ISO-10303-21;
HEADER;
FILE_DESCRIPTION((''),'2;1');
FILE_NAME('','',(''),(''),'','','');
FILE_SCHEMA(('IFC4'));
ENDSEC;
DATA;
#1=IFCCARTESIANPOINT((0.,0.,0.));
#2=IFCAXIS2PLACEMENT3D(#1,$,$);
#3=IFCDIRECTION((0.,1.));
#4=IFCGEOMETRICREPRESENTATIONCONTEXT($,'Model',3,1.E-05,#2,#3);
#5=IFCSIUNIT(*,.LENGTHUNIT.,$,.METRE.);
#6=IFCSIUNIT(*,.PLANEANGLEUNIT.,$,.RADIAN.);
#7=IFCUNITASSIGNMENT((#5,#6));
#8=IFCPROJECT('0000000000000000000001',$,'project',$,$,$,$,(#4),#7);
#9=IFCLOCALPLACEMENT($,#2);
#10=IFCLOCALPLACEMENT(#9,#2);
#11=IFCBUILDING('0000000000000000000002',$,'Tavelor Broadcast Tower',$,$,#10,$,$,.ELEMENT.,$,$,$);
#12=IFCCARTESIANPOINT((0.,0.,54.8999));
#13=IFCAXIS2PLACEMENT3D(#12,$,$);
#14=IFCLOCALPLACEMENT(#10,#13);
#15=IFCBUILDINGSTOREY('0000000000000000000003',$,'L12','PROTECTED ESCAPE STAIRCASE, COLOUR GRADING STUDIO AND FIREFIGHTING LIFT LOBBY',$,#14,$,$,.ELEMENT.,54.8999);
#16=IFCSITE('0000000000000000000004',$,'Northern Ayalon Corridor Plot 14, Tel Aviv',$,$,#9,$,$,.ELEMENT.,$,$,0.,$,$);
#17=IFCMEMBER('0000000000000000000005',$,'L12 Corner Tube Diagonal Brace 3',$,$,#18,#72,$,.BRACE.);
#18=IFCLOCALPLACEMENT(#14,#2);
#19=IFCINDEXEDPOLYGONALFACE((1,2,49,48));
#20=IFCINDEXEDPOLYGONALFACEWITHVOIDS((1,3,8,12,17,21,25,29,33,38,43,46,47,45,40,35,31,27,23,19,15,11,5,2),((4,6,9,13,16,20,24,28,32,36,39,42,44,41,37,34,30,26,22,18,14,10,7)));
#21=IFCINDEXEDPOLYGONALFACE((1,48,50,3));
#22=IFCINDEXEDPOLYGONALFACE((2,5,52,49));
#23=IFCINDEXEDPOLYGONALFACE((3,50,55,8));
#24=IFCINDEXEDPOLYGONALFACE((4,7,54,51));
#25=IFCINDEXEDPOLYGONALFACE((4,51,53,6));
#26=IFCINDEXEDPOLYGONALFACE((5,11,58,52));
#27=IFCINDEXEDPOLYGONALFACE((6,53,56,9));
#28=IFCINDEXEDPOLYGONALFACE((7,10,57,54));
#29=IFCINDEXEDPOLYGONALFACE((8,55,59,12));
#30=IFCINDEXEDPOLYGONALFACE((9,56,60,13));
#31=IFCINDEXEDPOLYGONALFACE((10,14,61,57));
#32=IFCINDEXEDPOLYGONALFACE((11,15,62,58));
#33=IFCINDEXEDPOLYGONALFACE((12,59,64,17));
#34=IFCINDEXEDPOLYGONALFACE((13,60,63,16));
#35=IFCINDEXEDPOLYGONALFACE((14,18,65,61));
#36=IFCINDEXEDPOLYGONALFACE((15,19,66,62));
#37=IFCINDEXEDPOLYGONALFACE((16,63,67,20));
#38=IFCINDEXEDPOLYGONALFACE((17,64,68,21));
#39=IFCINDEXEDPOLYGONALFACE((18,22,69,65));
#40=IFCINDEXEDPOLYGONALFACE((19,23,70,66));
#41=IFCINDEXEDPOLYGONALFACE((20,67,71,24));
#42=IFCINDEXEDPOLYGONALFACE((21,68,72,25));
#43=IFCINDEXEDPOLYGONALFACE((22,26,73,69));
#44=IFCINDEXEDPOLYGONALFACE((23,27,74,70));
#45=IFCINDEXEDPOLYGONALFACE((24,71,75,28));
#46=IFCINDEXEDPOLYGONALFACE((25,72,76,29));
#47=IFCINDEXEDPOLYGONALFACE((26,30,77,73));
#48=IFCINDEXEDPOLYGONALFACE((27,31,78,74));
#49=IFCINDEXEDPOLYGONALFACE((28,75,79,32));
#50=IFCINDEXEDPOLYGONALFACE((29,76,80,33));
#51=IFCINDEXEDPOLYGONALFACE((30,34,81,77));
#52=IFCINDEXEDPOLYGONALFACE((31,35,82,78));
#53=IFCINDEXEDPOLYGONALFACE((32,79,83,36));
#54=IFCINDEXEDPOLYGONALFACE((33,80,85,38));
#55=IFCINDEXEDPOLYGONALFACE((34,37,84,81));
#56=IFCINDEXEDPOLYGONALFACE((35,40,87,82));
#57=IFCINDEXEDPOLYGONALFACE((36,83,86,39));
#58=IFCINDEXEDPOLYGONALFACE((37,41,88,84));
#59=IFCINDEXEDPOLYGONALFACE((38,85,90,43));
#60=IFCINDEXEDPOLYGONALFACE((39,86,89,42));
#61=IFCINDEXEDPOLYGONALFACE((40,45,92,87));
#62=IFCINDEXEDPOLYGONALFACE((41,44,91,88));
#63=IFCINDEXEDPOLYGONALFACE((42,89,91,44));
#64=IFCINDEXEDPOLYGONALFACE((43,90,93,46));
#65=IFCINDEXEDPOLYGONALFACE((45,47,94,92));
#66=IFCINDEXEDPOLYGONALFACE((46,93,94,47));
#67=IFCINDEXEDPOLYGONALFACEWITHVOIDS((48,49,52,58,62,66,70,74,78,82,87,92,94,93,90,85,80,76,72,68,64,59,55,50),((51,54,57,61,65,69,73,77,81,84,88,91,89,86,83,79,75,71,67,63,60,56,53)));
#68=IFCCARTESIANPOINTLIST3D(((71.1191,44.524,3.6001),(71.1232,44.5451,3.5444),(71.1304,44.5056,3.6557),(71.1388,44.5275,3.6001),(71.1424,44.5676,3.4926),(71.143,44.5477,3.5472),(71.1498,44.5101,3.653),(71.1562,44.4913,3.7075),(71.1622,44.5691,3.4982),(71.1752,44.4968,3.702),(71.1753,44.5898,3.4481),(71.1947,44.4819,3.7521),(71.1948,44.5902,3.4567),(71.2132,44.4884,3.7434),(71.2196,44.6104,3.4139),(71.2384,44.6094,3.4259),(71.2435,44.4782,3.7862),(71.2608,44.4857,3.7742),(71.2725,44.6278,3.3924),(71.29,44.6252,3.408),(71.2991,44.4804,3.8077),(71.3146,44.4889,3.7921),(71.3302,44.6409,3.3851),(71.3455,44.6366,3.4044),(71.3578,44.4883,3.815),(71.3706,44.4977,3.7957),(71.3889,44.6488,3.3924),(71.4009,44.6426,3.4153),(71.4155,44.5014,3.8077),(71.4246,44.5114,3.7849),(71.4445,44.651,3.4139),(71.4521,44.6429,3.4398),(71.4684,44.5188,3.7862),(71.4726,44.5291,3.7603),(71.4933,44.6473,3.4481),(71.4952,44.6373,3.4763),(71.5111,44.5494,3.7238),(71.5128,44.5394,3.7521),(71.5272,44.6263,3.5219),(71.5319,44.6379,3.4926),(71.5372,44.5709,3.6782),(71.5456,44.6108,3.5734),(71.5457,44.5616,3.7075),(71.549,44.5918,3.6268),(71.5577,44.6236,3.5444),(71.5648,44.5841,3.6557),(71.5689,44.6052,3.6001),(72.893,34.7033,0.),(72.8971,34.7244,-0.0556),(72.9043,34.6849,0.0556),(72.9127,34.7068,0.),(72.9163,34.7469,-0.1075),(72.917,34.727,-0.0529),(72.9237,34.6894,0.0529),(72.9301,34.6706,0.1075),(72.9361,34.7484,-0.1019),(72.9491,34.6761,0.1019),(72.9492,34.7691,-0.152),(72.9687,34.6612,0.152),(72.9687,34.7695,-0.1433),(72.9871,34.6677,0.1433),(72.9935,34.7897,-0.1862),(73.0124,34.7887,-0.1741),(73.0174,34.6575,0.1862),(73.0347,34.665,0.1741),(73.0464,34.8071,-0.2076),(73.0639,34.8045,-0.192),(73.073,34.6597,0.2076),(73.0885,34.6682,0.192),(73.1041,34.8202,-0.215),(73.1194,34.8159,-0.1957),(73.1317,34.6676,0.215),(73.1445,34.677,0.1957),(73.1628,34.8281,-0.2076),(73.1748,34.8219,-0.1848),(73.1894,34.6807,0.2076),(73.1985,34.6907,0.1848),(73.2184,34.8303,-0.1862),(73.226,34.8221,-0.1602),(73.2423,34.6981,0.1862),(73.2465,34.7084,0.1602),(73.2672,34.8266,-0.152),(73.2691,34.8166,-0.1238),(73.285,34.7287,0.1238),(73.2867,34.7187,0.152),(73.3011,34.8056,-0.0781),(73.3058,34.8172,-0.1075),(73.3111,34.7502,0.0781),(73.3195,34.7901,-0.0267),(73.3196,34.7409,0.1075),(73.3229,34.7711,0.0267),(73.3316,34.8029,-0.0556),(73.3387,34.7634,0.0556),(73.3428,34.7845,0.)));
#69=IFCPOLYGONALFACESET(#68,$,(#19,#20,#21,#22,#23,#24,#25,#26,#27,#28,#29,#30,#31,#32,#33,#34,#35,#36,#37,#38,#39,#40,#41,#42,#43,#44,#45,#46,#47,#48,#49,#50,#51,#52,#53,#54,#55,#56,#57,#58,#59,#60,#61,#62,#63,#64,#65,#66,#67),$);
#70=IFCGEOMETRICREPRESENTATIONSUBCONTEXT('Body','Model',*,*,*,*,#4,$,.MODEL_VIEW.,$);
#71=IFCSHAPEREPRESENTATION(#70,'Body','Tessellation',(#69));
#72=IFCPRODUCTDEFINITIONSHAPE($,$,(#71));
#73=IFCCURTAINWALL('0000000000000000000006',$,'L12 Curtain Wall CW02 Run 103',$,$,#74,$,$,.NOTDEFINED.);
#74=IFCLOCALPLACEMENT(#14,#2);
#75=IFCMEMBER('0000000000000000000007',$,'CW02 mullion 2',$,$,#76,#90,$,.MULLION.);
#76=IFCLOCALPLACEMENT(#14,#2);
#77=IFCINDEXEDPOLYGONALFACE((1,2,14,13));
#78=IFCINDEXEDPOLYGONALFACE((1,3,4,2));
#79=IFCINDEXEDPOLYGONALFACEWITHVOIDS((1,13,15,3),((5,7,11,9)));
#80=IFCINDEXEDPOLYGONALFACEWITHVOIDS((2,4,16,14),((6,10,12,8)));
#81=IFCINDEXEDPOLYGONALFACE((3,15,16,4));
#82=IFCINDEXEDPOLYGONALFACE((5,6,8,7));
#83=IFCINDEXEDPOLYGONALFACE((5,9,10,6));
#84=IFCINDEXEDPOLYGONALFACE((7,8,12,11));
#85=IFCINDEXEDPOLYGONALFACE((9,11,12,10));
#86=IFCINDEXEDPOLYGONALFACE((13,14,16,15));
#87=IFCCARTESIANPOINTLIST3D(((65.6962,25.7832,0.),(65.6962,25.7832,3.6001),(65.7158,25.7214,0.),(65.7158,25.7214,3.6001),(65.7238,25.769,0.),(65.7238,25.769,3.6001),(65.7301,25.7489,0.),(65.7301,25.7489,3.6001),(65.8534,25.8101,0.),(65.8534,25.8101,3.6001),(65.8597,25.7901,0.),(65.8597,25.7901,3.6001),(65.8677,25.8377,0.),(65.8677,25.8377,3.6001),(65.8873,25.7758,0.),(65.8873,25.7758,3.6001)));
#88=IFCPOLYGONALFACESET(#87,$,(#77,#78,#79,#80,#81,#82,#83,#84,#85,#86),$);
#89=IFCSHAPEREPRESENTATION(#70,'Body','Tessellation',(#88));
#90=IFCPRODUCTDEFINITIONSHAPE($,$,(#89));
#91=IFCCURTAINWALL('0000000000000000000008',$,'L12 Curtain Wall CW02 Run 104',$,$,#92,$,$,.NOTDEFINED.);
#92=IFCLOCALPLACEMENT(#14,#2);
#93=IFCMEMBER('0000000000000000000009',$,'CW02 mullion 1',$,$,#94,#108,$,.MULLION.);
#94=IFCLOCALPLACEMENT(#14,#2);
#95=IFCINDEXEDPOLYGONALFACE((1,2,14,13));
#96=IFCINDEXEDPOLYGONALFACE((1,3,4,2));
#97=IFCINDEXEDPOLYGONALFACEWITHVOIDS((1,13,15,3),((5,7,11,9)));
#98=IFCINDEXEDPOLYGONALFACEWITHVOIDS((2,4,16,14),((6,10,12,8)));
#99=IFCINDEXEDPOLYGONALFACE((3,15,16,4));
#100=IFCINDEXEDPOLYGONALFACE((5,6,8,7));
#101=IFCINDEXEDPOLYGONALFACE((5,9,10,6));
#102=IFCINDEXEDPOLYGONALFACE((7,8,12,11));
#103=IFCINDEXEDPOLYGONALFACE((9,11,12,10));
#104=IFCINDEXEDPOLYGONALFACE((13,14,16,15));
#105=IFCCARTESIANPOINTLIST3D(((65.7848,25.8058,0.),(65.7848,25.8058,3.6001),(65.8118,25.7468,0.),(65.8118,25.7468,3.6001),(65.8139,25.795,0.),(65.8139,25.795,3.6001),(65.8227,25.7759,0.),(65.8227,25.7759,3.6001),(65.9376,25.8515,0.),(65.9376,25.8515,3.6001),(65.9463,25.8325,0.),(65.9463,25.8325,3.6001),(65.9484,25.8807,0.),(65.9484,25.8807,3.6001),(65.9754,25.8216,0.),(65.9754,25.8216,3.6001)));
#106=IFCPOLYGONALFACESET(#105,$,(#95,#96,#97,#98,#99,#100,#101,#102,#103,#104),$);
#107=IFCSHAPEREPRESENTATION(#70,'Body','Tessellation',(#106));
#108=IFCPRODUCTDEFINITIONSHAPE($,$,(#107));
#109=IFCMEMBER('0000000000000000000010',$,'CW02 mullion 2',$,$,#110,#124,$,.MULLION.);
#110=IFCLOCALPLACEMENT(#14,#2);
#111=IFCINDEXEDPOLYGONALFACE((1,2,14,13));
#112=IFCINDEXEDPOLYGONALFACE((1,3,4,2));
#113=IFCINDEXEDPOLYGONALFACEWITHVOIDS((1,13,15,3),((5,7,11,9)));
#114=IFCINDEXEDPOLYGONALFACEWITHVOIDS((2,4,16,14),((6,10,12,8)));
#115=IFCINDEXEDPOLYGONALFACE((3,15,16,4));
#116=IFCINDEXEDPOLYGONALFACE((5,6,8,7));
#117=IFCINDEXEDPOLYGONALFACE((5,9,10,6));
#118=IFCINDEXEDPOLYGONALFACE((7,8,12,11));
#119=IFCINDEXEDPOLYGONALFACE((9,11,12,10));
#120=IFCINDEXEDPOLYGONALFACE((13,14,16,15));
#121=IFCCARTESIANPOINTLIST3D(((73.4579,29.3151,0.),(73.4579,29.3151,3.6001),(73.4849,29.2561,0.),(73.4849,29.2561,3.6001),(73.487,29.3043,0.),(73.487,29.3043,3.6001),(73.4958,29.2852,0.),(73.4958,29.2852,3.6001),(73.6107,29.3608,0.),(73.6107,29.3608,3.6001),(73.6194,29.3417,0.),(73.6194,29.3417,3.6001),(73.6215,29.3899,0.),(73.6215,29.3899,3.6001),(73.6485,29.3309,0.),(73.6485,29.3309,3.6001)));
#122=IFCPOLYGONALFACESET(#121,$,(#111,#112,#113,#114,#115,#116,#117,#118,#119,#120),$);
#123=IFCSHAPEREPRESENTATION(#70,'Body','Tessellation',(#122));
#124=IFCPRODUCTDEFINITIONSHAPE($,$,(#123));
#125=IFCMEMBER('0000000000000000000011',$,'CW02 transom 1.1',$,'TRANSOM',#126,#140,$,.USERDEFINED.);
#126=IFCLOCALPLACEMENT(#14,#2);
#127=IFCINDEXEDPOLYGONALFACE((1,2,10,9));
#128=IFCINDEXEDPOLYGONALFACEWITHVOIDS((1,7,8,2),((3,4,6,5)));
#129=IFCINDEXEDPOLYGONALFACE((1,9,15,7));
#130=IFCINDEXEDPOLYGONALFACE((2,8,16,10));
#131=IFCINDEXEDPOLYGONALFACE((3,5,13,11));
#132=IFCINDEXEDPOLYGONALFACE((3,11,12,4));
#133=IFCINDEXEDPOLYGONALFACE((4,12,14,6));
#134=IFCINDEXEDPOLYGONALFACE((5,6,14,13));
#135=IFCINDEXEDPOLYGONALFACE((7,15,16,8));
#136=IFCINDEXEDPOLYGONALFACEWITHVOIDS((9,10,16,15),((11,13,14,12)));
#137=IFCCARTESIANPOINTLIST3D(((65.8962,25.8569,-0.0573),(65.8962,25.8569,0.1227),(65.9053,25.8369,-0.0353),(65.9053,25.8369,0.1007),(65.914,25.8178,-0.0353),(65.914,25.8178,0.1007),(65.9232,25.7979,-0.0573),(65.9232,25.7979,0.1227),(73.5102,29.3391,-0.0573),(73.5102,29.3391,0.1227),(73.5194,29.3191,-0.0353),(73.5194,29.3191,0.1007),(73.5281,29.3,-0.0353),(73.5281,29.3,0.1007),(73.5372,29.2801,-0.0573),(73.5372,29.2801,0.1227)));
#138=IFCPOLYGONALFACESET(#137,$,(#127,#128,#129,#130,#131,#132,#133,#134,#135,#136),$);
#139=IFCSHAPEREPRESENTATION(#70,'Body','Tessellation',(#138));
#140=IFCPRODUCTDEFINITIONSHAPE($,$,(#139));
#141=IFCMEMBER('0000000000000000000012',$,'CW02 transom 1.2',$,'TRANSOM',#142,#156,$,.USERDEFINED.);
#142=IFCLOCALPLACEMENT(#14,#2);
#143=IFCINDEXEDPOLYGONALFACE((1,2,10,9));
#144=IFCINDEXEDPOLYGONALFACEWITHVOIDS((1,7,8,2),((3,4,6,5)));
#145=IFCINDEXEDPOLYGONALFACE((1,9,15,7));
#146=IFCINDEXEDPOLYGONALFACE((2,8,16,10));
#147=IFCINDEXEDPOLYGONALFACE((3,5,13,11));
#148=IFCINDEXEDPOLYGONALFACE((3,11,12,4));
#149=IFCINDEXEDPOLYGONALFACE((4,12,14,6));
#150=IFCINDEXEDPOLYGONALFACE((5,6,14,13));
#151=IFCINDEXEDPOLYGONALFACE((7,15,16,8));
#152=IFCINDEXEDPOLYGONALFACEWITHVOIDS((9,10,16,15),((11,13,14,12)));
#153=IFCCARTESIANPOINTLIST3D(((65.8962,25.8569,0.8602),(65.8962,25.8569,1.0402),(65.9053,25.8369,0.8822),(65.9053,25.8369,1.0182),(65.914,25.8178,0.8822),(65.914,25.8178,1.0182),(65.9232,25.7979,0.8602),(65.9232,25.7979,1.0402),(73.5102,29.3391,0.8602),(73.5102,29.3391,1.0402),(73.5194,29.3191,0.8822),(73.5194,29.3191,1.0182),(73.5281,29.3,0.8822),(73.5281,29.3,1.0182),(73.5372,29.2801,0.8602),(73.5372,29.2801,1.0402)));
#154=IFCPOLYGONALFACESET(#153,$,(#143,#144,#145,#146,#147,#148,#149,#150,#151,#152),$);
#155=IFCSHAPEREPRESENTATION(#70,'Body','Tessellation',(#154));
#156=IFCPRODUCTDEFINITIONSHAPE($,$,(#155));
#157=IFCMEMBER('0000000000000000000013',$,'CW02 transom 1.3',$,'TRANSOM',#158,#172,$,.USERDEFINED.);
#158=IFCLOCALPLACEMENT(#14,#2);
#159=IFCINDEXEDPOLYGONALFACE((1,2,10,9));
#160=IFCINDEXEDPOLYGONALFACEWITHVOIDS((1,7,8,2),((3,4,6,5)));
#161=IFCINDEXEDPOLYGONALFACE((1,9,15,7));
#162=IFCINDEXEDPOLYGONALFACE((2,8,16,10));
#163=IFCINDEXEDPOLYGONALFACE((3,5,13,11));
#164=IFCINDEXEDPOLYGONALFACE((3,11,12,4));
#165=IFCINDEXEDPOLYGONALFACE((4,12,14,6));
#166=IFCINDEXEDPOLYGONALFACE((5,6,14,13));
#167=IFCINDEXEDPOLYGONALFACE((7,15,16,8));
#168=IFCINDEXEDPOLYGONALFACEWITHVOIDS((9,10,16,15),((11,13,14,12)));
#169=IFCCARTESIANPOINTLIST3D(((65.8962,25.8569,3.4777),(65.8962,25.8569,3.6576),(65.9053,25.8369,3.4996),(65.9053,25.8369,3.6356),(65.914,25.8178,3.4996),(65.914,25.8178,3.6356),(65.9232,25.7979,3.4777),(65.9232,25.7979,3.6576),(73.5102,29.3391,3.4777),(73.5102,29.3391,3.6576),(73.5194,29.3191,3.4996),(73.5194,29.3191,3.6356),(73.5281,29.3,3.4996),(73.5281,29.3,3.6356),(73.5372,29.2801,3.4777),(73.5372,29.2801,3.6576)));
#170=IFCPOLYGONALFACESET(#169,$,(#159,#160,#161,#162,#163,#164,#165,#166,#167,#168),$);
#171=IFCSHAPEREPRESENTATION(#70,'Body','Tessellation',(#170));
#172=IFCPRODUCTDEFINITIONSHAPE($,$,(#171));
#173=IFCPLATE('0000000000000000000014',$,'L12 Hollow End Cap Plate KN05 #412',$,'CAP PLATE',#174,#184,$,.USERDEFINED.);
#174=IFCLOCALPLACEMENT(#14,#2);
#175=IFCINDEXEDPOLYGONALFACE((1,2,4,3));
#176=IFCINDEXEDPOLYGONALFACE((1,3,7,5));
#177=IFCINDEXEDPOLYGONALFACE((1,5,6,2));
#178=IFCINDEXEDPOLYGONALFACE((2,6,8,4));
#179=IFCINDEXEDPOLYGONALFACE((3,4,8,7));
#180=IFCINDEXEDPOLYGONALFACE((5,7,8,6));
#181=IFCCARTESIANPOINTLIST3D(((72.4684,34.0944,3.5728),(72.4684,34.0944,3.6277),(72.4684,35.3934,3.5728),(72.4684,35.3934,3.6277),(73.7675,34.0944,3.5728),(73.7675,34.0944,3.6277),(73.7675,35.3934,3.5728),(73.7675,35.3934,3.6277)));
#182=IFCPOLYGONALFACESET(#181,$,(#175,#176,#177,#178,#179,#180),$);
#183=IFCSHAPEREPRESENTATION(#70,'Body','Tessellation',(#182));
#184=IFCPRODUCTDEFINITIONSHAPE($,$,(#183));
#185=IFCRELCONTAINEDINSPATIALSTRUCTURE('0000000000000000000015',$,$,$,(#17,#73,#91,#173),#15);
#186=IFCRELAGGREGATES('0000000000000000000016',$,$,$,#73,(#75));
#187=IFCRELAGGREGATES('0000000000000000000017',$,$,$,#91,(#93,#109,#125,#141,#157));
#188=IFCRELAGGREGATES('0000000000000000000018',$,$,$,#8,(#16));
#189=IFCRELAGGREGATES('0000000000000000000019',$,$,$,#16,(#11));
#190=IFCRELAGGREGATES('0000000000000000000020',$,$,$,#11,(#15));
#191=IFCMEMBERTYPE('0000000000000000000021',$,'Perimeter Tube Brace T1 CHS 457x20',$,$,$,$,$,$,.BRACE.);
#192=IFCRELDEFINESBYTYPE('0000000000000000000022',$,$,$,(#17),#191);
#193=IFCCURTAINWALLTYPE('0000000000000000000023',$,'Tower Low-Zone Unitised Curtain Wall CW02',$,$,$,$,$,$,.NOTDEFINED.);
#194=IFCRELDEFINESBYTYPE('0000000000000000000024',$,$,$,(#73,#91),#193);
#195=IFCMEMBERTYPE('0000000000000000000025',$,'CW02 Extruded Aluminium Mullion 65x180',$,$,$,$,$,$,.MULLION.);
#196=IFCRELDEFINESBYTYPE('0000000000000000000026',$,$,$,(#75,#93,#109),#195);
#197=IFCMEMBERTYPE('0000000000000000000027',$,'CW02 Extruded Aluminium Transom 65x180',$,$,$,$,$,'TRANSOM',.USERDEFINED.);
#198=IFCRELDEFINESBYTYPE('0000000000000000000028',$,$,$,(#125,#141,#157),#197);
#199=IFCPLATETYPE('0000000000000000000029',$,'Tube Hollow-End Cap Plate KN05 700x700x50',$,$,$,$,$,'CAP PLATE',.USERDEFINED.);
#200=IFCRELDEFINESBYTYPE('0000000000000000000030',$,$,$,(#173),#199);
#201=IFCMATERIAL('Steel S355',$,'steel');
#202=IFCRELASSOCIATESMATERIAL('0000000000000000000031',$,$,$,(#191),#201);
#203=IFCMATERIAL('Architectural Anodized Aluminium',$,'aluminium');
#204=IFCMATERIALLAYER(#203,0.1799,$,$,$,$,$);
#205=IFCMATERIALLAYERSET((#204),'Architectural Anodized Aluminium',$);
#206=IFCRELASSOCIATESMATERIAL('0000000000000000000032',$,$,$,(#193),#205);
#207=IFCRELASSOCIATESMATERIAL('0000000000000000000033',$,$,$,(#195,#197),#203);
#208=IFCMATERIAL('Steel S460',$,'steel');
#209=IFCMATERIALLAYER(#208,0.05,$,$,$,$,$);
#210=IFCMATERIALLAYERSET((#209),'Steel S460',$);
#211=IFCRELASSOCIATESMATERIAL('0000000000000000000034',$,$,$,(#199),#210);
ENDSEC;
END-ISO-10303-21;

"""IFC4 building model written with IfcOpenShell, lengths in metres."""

from ifc_helpers import new_model, si_unit, direction, frame, origin, origin_2d, place, context, subcontext, project, spatial, rectangle, hollow_rectangle, hollow_circle, extrude, source, transform, mapped, material, layer, layer_set, material_profile, profile_set, type_object, type_shapes, element, aggregate, save


model = new_model("IFC4")

# Units and contexts
model_context = context("Model", 3, precision=1e-05, world=origin(), true_north=direction((0.0, 1.0)))
body_context = subcontext(model_context, "Body", "Model", "MODEL_VIEW")
ifc_project = project(units=[si_unit("LENGTHUNIT", "METRE"), si_unit("PLANEANGLEUNIT", "RADIAN")], contexts=[model_context])

# Site, building, storey
site_placement = place(None, origin())
site = spatial("IfcSite", under=ifc_project, at=site_placement, Name="Northern Ayalon Corridor Plot 14, Tel Aviv", CompositionType="ELEMENT", RefElevation=0.0)
building_placement = place(site_placement, origin())
building = spatial("IfcBuilding", under=site, at=building_placement, Name="Tavelor Broadcast Tower", CompositionType="ELEMENT")
storey_placement = place(building_placement, frame((0.0, 0.0, 54.8999)))
storey = spatial("IfcBuildingStorey", under=building, at=storey_placement, Name="L12", Description="PROTECTED ESCAPE STAIRCASE, COLOUR GRADING STUDIO AND FIREFIGHTING LIFT LOBBY", CompositionType="ELEMENT", Elevation=54.8999)

# Shared definitions
ifc_material_1 = material(Name="Steel S460", Category="steel")

# Shared definitions
ifc_material_2 = material(Name="Steel S355", Category="steel")

# Member
ifc_material_profile_1 = material_profile(ifc_material_2, hollow_circle(Radius=0.2285, WallThickness=0.02, at=origin_2d()), Name="CHS 457x20")
ifc_profile_set_1 = profile_set([ifc_material_profile_1], Name="Steel S355")
member_type_1 = type_object("IfcMemberType", Name="Perimeter Tube Brace T1 CHS 457x20", PredefinedType="BRACE", material=ifc_profile_set_1)
member_1_placement = place(storey_placement, frame((73.1179, 34.7439, 0.0), z_axis=(-0.167206, 0.925685, 0.339337), x_axis=(-0.984075, -0.177753, 0.0)))
element("IfcMember", 1, at=member_1_placement, inside=storey, type_object=member_type_1, Name="L12 Corner Tube Diagonal Brace 3", PredefinedType="BRACE", context=body_context, shape_type="SweptSolid", body=[
    extrude(hollow_circle(Radius=0.2285, WallThickness=0.02, at=origin_2d()), origin(), (0.0, 0.0, 1.0), 10.6091),
])

# Curtain wall, member
ifc_material_3 = material(Name="Architectural Anodized Aluminium", Category="aluminium")
ifc_layer_1 = layer(ifc_material_3, 0.1799)
ifc_layer_set_1 = layer_set([ifc_layer_1], Name="Architectural Anodized Aluminium")
curtain_wall_type = type_object("IfcCurtainWallType", Name="Tower Low-Zone Unitised Curtain Wall CW02", PredefinedType="NOTDEFINED", material=ifc_layer_set_1)
curtain_wall_1_placement = place(storey_placement, origin())
curtain_wall_1 = element("IfcCurtainWall", 2, at=curtain_wall_1_placement, inside=storey, type_object=curtain_wall_type, Name="L12 Curtain Wall CW02 Run 103", PredefinedType="NOTDEFINED")
ifc_material_profile_2 = material_profile(ifc_material_3, hollow_rectangle(XDim=0.0649, YDim=0.1799, WallThickness=0.022, at=origin_2d()), Name="RHS 65x180x22")
ifc_profile_set_2 = profile_set([ifc_material_profile_2], Name="Architectural Anodized Aluminium")
member_type_2 = type_object("IfcMemberType", Name="CW02 Extruded Aluminium Mullion 65x180", PredefinedType="MULLION", material=ifc_profile_set_2)
shared_shape_1 = source(origin(), body_context, "Body", "SweptSolid", [
    extrude(hollow_rectangle(XDim=0.0649, YDim=0.1799, WallThickness=0.022, at=origin_2d()), origin(), (0.0, 0.0, 1.0), 3.6001),
])
type_shapes(member_type_2, [shared_shape_1])
member_2_placement = place(storey_placement, frame((65.7917, 25.7795, 0.0), z_axis=(0.0, 0.0, 1.0), x_axis=(-0.302802, 0.953054, 0.0)))
member_2 = element("IfcMember", 3, at=member_2_placement, type_object=member_type_2, Name="CW02 mullion 2", PredefinedType="MULLION", context=body_context, shape_type="MappedRepresentation", body=[
    mapped(shared_shape_1, transform((0.0, 0.0, 0.0), scale=1.0)),
])
aggregate(curtain_wall_1, [member_2])

# Curtain wall, members
curtain_wall_2_placement = place(storey_placement, origin())
curtain_wall_2 = element("IfcCurtainWall", 4, at=curtain_wall_2_placement, inside=storey, type_object=curtain_wall_type, Name="L12 Curtain Wall CW02 Run 104", PredefinedType="NOTDEFINED")
member_3_placement = place(storey_placement, frame((65.8801, 25.8137, 0.0), z_axis=(0.0, 0.0, 1.0), x_axis=(-0.415908, 0.909407, 0.0)))
member_3 = element("IfcMember", 5, at=member_3_placement, type_object=member_type_2, Name="CW02 mullion 1", PredefinedType="MULLION", context=body_context, shape_type="MappedRepresentation", body=[
    mapped(shared_shape_1, transform((0.0, 0.0, 0.0), scale=1.0)),
])
member_4_placement = place(storey_placement, frame((73.5532, 29.323, 0.0), z_axis=(0.0, 0.0, 1.0), x_axis=(-0.415908, 0.909407, 0.0)))
member_4 = element("IfcMember", 6, at=member_4_placement, type_object=member_type_2, Name="CW02 mullion 2", PredefinedType="MULLION", context=body_context, shape_type="MappedRepresentation", body=[
    mapped(shared_shape_1, transform((0.0, 0.0, 0.0), scale=1.0)),
])
ifc_material_profile_3 = material_profile(ifc_material_3, hollow_rectangle(XDim=0.0649, YDim=0.1799, WallThickness=0.022, at=origin_2d()), Name="RHS 65x180x22")
ifc_profile_set_3 = profile_set([ifc_material_profile_3], Name="Architectural Anodized Aluminium")
member_type_3 = type_object("IfcMemberType", Name="CW02 Extruded Aluminium Transom 65x180", ElementType="TRANSOM", PredefinedType="USERDEFINED", material=ifc_profile_set_3)
shared_shape_2 = source(origin(), body_context, "Body", "SweptSolid", [
    extrude(hollow_rectangle(XDim=0.0649, YDim=0.1799, WallThickness=0.022, at=origin_2d()), origin(), (0.0, 0.0, 1.0), 8.3726),
])
type_shapes(member_type_3, [shared_shape_2])
member_5_placement = place(storey_placement, frame((65.9097, 25.8274, 0.0327), z_axis=(0.909407, 0.415907, 0.0), x_axis=(-0.415907, 0.909407, 0.0)))
member_5 = element("IfcMember", 7, at=member_5_placement, type_object=member_type_3, Name="CW02 transom 1.1", ObjectType="TRANSOM", PredefinedType="USERDEFINED", context=body_context, shape_type="MappedRepresentation", body=[
    mapped(shared_shape_2, transform((0.0, 0.0, 0.0), scale=1.0)),
])
member_6_placement = place(storey_placement, frame((65.9097, 25.8274, 0.9502), z_axis=(0.909407, 0.415907, 0.0), x_axis=(-0.415907, 0.909407, 0.0)))
member_6 = element("IfcMember", 8, at=member_6_placement, type_object=member_type_3, Name="CW02 transom 1.2", ObjectType="TRANSOM", PredefinedType="USERDEFINED", context=body_context, shape_type="MappedRepresentation", body=[
    mapped(shared_shape_2, transform((0.0, 0.0, 0.0), scale=1.0)),
])
member_7_placement = place(storey_placement, frame((65.9097, 25.8274, 3.5676), z_axis=(0.909407, 0.415907, 0.0), x_axis=(-0.415907, 0.909407, 0.0)))
member_7 = element("IfcMember", 9, at=member_7_placement, type_object=member_type_3, Name="CW02 transom 1.3", ObjectType="TRANSOM", PredefinedType="USERDEFINED", context=body_context, shape_type="MappedRepresentation", body=[
    mapped(shared_shape_2, transform((0.0, 0.0, 0.0), scale=1.0)),
])

# Plate
ifc_layer_2 = layer(ifc_material_1, 0.05)
ifc_layer_set_2 = layer_set([ifc_layer_2], Name="Steel S460")
plate_type_1 = type_object("IfcPlateType", Name="Tube Hollow-End Cap Plate KN05 700x700x50", ElementType="CAP PLATE", PredefinedType="USERDEFINED", material=ifc_layer_set_2)
shared_shape_3 = source(origin(), body_context, "Body", "SweptSolid", [
    extrude(rectangle(XDim=1.2991, YDim=1.2991, at=origin_2d()), origin(), (0.0, 0.0, 1.0), 0.0549),
])
plate_1_placement = place(storey_placement, frame((73.1179, 34.7439, 3.5728), z_axis=(0.0, 0.0, 1.0), x_axis=(1.0, 0.0, 0.0)))
element("IfcPlate", 10, at=plate_1_placement, inside=storey, type_object=plate_type_1, Name="L12 Hollow End Cap Plate KN05 #412", ObjectType="CAP PLATE", PredefinedType="USERDEFINED", context=body_context, shape_type="MappedRepresentation", body=[
    mapped(shared_shape_3, transform((0.0, 0.0, 0.0), scale=1.0)),
])

aggregate(curtain_wall_2, [member_3, member_4, member_5, member_6, member_7])

save(model, "model.ifc")
